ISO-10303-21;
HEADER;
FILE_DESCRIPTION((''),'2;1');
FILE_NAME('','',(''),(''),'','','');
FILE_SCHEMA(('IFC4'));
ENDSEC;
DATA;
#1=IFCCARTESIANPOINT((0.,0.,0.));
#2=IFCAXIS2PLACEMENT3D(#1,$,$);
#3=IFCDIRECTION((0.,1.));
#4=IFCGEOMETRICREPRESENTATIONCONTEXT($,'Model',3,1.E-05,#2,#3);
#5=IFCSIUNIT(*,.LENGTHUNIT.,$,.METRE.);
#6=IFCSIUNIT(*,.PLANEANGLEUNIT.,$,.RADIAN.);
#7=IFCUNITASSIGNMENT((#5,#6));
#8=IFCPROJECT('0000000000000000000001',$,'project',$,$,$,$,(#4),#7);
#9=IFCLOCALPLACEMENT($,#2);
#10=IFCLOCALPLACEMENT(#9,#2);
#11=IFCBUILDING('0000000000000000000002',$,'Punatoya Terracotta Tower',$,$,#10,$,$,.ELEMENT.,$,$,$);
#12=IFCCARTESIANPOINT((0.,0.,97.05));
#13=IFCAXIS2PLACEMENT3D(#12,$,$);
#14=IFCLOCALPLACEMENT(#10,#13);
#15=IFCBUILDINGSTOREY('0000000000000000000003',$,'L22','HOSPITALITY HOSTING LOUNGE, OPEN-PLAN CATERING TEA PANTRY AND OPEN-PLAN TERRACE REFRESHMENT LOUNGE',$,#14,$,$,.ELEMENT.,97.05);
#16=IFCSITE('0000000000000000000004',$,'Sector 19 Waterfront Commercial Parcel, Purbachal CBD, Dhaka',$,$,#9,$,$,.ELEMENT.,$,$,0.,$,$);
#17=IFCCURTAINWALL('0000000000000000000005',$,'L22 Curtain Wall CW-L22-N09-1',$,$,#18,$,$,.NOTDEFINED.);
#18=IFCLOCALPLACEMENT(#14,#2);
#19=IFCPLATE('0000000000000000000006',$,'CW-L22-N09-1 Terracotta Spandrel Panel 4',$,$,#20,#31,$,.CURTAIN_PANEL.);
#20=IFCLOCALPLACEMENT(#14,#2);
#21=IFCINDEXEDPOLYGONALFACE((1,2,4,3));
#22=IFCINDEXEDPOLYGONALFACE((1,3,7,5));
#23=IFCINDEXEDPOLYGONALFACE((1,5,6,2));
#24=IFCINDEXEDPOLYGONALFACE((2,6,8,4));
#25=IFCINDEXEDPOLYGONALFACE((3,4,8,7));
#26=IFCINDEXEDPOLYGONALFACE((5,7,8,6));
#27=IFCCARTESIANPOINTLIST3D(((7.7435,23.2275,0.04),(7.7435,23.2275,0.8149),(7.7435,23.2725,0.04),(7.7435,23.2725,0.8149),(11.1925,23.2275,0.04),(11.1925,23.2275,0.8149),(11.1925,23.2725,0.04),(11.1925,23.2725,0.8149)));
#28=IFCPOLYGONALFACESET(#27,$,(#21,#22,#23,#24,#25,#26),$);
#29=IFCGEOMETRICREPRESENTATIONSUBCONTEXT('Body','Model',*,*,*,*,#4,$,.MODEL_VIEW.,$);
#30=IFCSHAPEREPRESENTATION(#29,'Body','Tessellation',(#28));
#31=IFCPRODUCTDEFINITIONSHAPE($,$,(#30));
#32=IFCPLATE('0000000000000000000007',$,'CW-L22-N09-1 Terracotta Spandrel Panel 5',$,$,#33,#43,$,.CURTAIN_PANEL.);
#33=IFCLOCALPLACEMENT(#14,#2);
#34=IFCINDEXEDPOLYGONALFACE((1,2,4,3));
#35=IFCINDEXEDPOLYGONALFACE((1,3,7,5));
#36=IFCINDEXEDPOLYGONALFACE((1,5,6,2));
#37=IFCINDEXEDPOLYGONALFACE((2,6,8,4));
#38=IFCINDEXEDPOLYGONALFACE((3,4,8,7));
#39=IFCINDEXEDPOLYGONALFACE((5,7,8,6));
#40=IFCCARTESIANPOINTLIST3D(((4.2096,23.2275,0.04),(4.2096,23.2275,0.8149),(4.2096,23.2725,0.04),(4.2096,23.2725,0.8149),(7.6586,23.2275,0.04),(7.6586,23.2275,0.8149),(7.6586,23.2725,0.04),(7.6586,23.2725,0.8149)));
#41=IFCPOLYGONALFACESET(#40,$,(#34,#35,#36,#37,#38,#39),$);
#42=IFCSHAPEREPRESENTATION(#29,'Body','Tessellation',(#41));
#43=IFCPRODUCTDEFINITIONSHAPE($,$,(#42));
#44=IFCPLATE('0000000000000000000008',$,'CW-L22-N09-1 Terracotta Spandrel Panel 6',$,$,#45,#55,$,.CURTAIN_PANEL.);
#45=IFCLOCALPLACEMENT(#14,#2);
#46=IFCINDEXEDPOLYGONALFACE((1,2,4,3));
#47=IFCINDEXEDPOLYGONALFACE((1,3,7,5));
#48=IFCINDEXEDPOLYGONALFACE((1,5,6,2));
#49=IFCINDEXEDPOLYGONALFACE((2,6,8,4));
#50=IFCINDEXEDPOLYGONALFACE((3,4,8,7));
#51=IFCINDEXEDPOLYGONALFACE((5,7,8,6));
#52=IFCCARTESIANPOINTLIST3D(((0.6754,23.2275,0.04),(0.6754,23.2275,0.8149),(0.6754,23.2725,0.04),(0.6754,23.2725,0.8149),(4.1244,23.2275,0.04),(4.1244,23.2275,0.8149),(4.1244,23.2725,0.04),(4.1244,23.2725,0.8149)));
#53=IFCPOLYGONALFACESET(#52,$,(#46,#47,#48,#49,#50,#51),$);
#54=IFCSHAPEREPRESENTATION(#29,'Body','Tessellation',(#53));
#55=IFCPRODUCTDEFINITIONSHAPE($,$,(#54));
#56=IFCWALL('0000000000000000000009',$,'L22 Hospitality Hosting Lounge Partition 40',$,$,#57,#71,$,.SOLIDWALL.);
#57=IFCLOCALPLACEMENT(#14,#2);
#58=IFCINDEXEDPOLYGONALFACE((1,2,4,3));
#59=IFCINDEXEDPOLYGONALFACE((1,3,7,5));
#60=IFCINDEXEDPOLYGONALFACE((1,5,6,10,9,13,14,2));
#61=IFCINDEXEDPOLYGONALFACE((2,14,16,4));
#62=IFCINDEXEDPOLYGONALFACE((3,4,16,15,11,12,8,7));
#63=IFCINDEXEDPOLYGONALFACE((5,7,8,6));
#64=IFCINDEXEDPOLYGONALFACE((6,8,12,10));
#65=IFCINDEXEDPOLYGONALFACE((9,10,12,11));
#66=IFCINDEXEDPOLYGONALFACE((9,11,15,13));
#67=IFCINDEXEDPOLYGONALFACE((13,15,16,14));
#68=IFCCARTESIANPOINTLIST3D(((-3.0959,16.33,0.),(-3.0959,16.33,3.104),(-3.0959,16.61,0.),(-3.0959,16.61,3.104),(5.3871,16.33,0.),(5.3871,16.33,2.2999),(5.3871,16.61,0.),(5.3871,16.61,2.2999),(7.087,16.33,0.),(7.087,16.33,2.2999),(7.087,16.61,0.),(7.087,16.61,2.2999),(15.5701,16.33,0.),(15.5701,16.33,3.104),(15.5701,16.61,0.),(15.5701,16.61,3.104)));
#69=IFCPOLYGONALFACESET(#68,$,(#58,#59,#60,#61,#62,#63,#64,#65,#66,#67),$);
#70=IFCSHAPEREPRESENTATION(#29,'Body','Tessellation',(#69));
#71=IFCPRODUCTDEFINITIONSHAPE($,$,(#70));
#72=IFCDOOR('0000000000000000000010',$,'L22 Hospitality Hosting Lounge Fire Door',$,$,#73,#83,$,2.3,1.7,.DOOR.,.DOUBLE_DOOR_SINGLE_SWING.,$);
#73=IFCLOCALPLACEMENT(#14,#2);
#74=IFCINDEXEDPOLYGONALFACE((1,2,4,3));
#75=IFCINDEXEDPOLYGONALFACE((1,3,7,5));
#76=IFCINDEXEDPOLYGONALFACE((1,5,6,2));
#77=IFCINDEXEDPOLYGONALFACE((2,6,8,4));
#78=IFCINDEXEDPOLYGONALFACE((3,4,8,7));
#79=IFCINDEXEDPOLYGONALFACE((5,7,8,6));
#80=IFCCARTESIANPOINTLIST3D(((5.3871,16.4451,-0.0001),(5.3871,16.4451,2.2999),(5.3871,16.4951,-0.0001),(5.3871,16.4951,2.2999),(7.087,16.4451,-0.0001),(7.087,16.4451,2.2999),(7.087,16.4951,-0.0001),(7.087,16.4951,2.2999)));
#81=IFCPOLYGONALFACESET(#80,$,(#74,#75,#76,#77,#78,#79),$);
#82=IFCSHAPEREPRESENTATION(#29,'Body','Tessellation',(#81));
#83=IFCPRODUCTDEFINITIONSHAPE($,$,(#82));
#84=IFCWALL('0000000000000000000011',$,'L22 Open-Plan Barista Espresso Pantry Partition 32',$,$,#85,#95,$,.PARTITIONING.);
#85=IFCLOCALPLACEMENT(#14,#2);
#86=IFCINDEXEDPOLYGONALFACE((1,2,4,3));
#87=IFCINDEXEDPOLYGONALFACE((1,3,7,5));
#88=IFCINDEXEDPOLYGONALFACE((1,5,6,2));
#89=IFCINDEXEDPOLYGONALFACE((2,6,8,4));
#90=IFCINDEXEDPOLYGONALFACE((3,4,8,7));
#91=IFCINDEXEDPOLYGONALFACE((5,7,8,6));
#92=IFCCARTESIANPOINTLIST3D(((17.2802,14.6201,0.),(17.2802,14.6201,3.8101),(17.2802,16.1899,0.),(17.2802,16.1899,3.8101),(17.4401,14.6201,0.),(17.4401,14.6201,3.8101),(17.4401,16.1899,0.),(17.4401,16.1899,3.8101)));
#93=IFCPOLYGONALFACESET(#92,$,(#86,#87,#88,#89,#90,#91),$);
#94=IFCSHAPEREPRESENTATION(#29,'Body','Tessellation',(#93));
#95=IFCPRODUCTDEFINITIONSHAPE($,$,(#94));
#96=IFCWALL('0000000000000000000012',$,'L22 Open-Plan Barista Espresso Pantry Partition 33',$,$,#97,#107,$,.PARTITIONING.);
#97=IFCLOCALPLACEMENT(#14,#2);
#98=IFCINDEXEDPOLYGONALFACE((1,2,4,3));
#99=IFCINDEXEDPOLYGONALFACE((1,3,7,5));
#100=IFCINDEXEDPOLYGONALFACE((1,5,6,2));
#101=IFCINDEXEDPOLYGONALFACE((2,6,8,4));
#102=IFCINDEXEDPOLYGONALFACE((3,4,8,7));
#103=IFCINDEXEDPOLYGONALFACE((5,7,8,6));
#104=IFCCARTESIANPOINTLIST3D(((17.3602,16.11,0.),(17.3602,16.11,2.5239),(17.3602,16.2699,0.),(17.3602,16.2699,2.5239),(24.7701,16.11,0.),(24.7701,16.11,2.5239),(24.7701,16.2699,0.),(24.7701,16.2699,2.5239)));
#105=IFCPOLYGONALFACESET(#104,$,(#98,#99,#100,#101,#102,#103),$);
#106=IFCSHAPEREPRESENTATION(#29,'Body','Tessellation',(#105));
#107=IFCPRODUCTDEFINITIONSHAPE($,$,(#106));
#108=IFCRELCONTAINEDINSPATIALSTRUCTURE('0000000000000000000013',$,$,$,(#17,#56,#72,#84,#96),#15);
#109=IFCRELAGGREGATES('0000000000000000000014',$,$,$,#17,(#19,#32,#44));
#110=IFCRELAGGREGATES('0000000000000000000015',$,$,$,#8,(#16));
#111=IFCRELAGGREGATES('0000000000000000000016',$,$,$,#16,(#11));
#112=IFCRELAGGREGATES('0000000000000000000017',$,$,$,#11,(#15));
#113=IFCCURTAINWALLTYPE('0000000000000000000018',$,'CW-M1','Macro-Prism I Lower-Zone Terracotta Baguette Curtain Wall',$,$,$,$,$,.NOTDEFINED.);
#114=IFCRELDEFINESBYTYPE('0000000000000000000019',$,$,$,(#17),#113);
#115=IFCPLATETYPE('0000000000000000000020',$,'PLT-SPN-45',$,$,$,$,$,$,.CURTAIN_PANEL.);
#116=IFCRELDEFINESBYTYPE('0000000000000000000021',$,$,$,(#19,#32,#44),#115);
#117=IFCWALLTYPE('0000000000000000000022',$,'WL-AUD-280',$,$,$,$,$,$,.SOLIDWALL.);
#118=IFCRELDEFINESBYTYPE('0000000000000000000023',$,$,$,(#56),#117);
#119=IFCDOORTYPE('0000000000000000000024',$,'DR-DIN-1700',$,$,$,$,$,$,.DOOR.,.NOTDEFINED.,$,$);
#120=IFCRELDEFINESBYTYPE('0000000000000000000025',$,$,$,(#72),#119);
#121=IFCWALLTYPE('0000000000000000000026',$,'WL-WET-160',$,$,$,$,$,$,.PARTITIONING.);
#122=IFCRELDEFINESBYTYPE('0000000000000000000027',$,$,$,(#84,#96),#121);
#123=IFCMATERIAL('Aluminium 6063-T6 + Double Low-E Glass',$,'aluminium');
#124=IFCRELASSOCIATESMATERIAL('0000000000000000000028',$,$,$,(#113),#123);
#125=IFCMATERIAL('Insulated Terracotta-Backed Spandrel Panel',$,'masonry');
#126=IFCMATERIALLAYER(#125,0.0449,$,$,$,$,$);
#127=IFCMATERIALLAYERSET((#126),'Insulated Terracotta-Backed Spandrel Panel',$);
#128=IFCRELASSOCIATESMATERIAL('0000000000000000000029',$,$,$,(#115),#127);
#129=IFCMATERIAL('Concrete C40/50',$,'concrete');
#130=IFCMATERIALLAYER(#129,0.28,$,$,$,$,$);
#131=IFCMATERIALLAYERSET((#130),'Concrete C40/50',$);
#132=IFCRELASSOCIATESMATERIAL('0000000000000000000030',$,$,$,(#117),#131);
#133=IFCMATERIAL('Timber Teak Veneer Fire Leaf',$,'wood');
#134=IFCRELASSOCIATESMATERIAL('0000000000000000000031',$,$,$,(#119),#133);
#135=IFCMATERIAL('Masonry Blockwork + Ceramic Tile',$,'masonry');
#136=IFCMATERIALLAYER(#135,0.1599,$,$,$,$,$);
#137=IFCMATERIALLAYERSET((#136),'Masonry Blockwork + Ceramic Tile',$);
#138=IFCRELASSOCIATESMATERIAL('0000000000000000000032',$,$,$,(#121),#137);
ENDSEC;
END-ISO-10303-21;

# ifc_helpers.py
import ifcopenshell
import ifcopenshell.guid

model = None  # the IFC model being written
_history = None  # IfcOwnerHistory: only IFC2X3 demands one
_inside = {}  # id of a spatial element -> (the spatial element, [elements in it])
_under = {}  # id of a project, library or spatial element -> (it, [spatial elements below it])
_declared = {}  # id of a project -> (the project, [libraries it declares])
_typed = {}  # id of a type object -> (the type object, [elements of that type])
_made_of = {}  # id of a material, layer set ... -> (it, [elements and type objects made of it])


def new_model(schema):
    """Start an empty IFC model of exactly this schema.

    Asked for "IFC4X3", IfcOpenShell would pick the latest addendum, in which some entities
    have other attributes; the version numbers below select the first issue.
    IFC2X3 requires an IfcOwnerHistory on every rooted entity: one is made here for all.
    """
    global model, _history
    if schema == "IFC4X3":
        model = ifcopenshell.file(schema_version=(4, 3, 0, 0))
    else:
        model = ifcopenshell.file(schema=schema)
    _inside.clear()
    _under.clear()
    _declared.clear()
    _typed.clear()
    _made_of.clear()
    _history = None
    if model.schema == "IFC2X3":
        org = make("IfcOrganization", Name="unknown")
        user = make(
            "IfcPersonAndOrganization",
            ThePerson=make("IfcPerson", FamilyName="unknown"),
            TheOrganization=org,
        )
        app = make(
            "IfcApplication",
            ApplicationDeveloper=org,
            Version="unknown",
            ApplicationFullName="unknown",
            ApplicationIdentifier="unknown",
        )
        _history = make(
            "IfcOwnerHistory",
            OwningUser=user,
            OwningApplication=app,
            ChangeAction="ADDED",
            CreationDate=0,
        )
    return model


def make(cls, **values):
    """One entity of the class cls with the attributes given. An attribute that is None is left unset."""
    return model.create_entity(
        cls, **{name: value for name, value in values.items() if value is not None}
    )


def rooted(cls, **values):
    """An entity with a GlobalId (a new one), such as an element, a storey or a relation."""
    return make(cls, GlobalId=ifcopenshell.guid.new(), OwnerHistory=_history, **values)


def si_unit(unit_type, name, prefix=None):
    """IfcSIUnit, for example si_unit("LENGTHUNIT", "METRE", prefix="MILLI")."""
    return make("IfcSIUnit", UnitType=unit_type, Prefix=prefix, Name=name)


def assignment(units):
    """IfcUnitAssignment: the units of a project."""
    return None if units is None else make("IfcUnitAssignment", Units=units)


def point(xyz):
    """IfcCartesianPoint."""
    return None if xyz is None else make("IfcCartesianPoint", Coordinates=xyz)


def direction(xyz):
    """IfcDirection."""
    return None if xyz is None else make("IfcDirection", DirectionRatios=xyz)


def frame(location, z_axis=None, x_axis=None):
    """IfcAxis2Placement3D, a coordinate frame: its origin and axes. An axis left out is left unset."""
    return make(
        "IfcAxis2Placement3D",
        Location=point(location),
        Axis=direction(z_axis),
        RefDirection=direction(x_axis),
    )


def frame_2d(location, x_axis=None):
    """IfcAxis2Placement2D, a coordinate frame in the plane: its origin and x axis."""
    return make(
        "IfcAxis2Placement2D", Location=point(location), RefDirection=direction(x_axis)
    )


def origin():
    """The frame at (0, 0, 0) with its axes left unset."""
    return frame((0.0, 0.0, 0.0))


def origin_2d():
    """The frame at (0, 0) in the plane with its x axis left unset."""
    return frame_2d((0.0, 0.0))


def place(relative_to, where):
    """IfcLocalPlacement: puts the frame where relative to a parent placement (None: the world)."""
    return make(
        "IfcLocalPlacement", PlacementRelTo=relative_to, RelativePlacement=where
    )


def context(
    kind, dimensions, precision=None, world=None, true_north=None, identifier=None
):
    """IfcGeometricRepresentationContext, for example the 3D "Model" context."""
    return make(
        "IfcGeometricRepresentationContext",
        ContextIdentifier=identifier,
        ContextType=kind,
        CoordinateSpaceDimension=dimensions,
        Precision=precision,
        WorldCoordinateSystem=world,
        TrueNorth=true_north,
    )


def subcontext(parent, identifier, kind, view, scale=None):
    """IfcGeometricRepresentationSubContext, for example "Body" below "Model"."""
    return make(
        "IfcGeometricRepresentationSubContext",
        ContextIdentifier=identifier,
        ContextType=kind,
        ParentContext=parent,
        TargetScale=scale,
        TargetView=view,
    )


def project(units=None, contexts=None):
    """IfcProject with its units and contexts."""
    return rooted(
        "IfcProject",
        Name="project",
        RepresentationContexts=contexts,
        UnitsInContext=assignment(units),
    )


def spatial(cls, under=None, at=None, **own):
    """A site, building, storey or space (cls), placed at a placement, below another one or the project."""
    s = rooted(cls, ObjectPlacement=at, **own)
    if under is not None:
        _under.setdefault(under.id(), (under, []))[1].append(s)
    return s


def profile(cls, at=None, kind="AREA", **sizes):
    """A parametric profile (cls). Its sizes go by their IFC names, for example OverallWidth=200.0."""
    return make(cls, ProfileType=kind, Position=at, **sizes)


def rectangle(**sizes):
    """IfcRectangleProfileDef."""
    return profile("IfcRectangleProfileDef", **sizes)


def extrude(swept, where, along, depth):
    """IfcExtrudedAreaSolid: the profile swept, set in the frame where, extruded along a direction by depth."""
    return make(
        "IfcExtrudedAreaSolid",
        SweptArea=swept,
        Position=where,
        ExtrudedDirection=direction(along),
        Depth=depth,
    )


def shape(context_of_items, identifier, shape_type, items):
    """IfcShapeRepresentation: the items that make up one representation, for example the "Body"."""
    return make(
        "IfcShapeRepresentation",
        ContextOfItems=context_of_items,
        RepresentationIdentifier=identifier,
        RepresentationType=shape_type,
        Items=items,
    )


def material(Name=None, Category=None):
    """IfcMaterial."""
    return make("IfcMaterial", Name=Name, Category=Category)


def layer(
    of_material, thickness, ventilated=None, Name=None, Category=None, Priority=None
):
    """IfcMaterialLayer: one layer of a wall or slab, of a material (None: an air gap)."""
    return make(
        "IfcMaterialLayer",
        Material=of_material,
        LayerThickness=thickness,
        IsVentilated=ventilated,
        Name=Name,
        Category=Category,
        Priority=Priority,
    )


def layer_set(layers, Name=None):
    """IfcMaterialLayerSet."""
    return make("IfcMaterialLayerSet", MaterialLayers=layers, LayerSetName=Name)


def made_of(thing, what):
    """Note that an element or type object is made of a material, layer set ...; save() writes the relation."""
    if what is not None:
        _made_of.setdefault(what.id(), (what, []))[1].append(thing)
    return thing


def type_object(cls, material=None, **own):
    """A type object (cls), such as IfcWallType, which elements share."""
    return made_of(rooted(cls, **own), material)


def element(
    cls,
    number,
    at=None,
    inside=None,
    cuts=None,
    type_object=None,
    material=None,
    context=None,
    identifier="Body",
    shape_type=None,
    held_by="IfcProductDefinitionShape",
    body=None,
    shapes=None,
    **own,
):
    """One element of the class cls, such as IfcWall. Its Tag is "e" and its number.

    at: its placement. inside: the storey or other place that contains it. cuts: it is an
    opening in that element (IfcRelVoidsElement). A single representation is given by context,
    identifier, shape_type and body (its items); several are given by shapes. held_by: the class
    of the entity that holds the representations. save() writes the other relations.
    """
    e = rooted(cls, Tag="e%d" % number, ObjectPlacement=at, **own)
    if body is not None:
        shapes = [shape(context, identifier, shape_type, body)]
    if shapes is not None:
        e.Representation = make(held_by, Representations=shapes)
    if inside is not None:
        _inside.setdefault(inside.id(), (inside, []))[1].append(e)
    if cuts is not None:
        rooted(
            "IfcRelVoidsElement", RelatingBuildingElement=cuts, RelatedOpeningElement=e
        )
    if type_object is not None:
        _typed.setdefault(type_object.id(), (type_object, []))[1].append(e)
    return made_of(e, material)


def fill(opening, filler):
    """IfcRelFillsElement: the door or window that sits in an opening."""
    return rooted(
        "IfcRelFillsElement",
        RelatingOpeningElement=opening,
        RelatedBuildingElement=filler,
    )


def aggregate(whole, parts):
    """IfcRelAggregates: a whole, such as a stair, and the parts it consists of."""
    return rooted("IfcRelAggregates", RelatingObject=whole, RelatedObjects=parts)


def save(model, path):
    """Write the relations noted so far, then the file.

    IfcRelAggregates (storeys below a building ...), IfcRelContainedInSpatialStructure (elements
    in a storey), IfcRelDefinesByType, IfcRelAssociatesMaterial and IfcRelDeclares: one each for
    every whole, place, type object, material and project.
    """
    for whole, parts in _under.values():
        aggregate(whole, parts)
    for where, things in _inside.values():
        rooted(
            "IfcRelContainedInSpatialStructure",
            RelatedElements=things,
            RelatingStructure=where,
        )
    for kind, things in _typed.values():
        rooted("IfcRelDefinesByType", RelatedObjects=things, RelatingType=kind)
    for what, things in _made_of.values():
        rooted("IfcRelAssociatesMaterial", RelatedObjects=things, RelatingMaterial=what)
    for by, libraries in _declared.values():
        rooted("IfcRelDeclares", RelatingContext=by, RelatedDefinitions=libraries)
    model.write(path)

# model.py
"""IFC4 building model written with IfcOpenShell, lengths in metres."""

from ifc_helpers import new_model, si_unit, direction, frame, frame_2d, origin, origin_2d, place, context, subcontext, project, spatial, rectangle, extrude, material, layer, layer_set, type_object, element, fill, aggregate, save


model = new_model("IFC4")

# Units and contexts
model_context = context("Model", 3, precision=1e-05, world=origin(), true_north=direction((0.0, 1.0)))
body_context = subcontext(model_context, "Body", "Model", "MODEL_VIEW")
ifc_project = project(units=[si_unit("LENGTHUNIT", "METRE"), si_unit("PLANEANGLEUNIT", "RADIAN")], contexts=[model_context])

# Site, building, storey
site_placement = place(None, origin())
site = spatial("IfcSite", under=ifc_project, at=site_placement, Name="Sector 19 Waterfront Commercial Parcel, Purbachal CBD, Dhaka", CompositionType="ELEMENT", RefElevation=0.0)
building_placement = place(site_placement, origin())
building = spatial("IfcBuilding", under=site, at=building_placement, Name="Punatoya Terracotta Tower", CompositionType="ELEMENT")
storey_placement = place(building_placement, frame((0.0, 0.0, 97.05)))
storey = spatial("IfcBuildingStorey", under=building, at=storey_placement, Name="L22", Description="HOSPITALITY HOSTING LOUNGE, OPEN-PLAN CATERING TEA PANTRY AND OPEN-PLAN TERRACE REFRESHMENT LOUNGE", CompositionType="ELEMENT", Elevation=97.05)

# Curtain wall, plates
ifc_material_1 = material(Name="Aluminium 6063-T6 + Double Low-E Glass", Category="aluminium")
curtain_wall_type = type_object("IfcCurtainWallType", Name="CW-M1", Description="Macro-Prism I Lower-Zone Terracotta Baguette Curtain Wall", PredefinedType="NOTDEFINED", material=ifc_material_1)
curtain_wall_placement = place(storey_placement, origin())
curtain_wall = element("IfcCurtainWall", 1, at=curtain_wall_placement, inside=storey, type_object=curtain_wall_type, Name="L22 Curtain Wall CW-L22-N09-1", PredefinedType="NOTDEFINED")
ifc_material_2 = material(Name="Insulated Terracotta-Backed Spandrel Panel", Category="masonry")
ifc_layer_1 = layer(ifc_material_2, 0.0449)
ifc_layer_set_1 = layer_set([ifc_layer_1], Name="Insulated Terracotta-Backed Spandrel Panel")
plate_type_1 = type_object("IfcPlateType", Name="PLT-SPN-45", PredefinedType="CURTAIN_PANEL", material=ifc_layer_set_1)
plate_1_placement = place(storey_placement, frame((9.468, 23.25, 0.04), z_axis=(0.0, 0.0, 1.0), x_axis=(-1.0, 0.0, 0.0)))
plate_1 = element("IfcPlate", 2, at=plate_1_placement, type_object=plate_type_1, Name="CW-L22-N09-1 Terracotta Spandrel Panel 4", PredefinedType="CURTAIN_PANEL", context=body_context, shape_type="SweptSolid", body=[
    extrude(rectangle(XDim=3.449, YDim=0.0449, at=origin_2d()), origin(), (0.0, 0.0, 1.0), 0.7749),
])
plate_2_placement = place(storey_placement, frame((5.9341, 23.25, 0.04), z_axis=(0.0, 0.0, 1.0), x_axis=(-1.0, 0.0, 0.0)))
plate_2 = element("IfcPlate", 3, at=plate_2_placement, type_object=plate_type_1, Name="CW-L22-N09-1 Terracotta Spandrel Panel 5", PredefinedType="CURTAIN_PANEL", context=body_context, shape_type="SweptSolid", body=[
    extrude(rectangle(XDim=3.449, YDim=0.0449, at=origin_2d()), origin(), (0.0, 0.0, 1.0), 0.7749),
])
plate_3_placement = place(storey_placement, frame((2.3999, 23.25, 0.04), z_axis=(0.0, 0.0, 1.0), x_axis=(-1.0, 0.0, 0.0)))
plate_3 = element("IfcPlate", 4, at=plate_3_placement, type_object=plate_type_1, Name="CW-L22-N09-1 Terracotta Spandrel Panel 6", PredefinedType="CURTAIN_PANEL", context=body_context, shape_type="SweptSolid", body=[
    extrude(rectangle(XDim=3.449, YDim=0.0449, at=origin_2d()), origin(), (0.0, 0.0, 1.0), 0.7749),
])
aggregate(curtain_wall, [plate_1, plate_2, plate_3])

# Wall, opening, door
ifc_material_3 = material(Name="Concrete C40/50", Category="concrete")
ifc_layer_2 = layer(ifc_material_3, 0.28)
ifc_layer_set_2 = layer_set([ifc_layer_2], Name="Concrete C40/50")
wall_type_1 = type_object("IfcWallType", Name="WL-AUD-280", PredefinedType="SOLIDWALL", material=ifc_layer_set_2)
wall_1_placement = place(storey_placement, frame((15.5701, 16.47, 0.0), z_axis=(0.0, 0.0, 1.0), x_axis=(-1.0, 0.0, 0.0)))
wall_1 = element("IfcWall", 5, at=wall_1_placement, inside=storey, type_object=wall_type_1, Name="L22 Hospitality Hosting Lounge Partition 40", PredefinedType="SOLIDWALL", context=body_context, shape_type="SweptSolid", body=[
    extrude(rectangle(XDim=18.666, YDim=0.28, at=frame_2d((9.333, 0.0))), origin(), (0.0, 0.0, 1.0), 3.104),
])
opening_placement = place(wall_1_placement, frame((8.4829, 0.0, 0.0)))
opening = element("IfcOpeningElement", 6, at=opening_placement, cuts=wall_1, PredefinedType="OPENING", context=body_context, shape_type="SweptSolid", body=[
    extrude(rectangle(XDim=1.7, YDim=2.3, at=frame_2d((0.8501, 1.1499))), frame((0.0, 0.1499, 0.0), z_axis=(0.0, -1.0, 0.0), x_axis=(1.0, 0.0, 0.0)), (0.0, 0.0, 1.0), 0.3),
])
ifc_material_4 = material(Name="Timber Teak Veneer Fire Leaf", Category="wood")
door_type = type_object("IfcDoorType", Name="DR-DIN-1700", OperationType="NOTDEFINED", PredefinedType="DOOR", material=ifc_material_4)
door_placement = place(opening_placement, origin())
door = element("IfcDoor", 7, at=door_placement, inside=storey, type_object=door_type, Name="L22 Hospitality Hosting Lounge Fire Door", OperationType="DOUBLE_DOOR_SINGLE_SWING", OverallHeight=2.3, OverallWidth=1.7, PredefinedType="DOOR", context=body_context, shape_type="SweptSolid", body=[
    extrude(rectangle(XDim=1.7, YDim=2.3, at=frame_2d((0.8501, 1.1499))), frame((0.0, 0.0249, 0.0), z_axis=(0.0, -1.0, 0.0), x_axis=(1.0, 0.0, 0.0)), (0.0, 0.0, 1.0), 0.05),
])
fill(opening, door)

# Walls
ifc_material_5 = material(Name="Masonry Blockwork + Ceramic Tile", Category="masonry")
ifc_layer_3 = layer(ifc_material_5, 0.1599)
ifc_layer_set_3 = layer_set([ifc_layer_3], Name="Masonry Blockwork + Ceramic Tile")
wall_type_2 = type_object("IfcWallType", Name="WL-WET-160", PredefinedType="PARTITIONING", material=ifc_layer_set_3)
wall_2_placement = place(storey_placement, frame((17.3601, 14.6201, 0.0), z_axis=(0.0, 0.0, 1.0), x_axis=(0.0, 1.0, 0.0)))
element("IfcWall", 8, at=wall_2_placement, inside=storey, type_object=wall_type_2, Name="L22 Open-Plan Barista Espresso Pantry Partition 32", PredefinedType="PARTITIONING", context=body_context, shape_type="SweptSolid", body=[
    extrude(rectangle(XDim=1.5698, YDim=0.1599, at=frame_2d((0.7849, 0.0))), origin(), (0.0, 0.0, 1.0), 3.8101),
])
wall_3_placement = place(storey_placement, frame((17.3601, 16.1899, 0.0), z_axis=(0.0, 0.0, 1.0), x_axis=(1.0, 0.0, 0.0)))
element("IfcWall", 9, at=wall_3_placement, inside=storey, type_object=wall_type_2, Name="L22 Open-Plan Barista Espresso Pantry Partition 33", PredefinedType="PARTITIONING", context=body_context, shape_type="SweptSolid", body=[
    extrude(rectangle(XDim=7.4099, YDim=0.1599, at=frame_2d((3.7051, 0.0))), origin(), (0.0, 0.0, 1.0), 2.5239),
])

save(model, "model.ifc")
